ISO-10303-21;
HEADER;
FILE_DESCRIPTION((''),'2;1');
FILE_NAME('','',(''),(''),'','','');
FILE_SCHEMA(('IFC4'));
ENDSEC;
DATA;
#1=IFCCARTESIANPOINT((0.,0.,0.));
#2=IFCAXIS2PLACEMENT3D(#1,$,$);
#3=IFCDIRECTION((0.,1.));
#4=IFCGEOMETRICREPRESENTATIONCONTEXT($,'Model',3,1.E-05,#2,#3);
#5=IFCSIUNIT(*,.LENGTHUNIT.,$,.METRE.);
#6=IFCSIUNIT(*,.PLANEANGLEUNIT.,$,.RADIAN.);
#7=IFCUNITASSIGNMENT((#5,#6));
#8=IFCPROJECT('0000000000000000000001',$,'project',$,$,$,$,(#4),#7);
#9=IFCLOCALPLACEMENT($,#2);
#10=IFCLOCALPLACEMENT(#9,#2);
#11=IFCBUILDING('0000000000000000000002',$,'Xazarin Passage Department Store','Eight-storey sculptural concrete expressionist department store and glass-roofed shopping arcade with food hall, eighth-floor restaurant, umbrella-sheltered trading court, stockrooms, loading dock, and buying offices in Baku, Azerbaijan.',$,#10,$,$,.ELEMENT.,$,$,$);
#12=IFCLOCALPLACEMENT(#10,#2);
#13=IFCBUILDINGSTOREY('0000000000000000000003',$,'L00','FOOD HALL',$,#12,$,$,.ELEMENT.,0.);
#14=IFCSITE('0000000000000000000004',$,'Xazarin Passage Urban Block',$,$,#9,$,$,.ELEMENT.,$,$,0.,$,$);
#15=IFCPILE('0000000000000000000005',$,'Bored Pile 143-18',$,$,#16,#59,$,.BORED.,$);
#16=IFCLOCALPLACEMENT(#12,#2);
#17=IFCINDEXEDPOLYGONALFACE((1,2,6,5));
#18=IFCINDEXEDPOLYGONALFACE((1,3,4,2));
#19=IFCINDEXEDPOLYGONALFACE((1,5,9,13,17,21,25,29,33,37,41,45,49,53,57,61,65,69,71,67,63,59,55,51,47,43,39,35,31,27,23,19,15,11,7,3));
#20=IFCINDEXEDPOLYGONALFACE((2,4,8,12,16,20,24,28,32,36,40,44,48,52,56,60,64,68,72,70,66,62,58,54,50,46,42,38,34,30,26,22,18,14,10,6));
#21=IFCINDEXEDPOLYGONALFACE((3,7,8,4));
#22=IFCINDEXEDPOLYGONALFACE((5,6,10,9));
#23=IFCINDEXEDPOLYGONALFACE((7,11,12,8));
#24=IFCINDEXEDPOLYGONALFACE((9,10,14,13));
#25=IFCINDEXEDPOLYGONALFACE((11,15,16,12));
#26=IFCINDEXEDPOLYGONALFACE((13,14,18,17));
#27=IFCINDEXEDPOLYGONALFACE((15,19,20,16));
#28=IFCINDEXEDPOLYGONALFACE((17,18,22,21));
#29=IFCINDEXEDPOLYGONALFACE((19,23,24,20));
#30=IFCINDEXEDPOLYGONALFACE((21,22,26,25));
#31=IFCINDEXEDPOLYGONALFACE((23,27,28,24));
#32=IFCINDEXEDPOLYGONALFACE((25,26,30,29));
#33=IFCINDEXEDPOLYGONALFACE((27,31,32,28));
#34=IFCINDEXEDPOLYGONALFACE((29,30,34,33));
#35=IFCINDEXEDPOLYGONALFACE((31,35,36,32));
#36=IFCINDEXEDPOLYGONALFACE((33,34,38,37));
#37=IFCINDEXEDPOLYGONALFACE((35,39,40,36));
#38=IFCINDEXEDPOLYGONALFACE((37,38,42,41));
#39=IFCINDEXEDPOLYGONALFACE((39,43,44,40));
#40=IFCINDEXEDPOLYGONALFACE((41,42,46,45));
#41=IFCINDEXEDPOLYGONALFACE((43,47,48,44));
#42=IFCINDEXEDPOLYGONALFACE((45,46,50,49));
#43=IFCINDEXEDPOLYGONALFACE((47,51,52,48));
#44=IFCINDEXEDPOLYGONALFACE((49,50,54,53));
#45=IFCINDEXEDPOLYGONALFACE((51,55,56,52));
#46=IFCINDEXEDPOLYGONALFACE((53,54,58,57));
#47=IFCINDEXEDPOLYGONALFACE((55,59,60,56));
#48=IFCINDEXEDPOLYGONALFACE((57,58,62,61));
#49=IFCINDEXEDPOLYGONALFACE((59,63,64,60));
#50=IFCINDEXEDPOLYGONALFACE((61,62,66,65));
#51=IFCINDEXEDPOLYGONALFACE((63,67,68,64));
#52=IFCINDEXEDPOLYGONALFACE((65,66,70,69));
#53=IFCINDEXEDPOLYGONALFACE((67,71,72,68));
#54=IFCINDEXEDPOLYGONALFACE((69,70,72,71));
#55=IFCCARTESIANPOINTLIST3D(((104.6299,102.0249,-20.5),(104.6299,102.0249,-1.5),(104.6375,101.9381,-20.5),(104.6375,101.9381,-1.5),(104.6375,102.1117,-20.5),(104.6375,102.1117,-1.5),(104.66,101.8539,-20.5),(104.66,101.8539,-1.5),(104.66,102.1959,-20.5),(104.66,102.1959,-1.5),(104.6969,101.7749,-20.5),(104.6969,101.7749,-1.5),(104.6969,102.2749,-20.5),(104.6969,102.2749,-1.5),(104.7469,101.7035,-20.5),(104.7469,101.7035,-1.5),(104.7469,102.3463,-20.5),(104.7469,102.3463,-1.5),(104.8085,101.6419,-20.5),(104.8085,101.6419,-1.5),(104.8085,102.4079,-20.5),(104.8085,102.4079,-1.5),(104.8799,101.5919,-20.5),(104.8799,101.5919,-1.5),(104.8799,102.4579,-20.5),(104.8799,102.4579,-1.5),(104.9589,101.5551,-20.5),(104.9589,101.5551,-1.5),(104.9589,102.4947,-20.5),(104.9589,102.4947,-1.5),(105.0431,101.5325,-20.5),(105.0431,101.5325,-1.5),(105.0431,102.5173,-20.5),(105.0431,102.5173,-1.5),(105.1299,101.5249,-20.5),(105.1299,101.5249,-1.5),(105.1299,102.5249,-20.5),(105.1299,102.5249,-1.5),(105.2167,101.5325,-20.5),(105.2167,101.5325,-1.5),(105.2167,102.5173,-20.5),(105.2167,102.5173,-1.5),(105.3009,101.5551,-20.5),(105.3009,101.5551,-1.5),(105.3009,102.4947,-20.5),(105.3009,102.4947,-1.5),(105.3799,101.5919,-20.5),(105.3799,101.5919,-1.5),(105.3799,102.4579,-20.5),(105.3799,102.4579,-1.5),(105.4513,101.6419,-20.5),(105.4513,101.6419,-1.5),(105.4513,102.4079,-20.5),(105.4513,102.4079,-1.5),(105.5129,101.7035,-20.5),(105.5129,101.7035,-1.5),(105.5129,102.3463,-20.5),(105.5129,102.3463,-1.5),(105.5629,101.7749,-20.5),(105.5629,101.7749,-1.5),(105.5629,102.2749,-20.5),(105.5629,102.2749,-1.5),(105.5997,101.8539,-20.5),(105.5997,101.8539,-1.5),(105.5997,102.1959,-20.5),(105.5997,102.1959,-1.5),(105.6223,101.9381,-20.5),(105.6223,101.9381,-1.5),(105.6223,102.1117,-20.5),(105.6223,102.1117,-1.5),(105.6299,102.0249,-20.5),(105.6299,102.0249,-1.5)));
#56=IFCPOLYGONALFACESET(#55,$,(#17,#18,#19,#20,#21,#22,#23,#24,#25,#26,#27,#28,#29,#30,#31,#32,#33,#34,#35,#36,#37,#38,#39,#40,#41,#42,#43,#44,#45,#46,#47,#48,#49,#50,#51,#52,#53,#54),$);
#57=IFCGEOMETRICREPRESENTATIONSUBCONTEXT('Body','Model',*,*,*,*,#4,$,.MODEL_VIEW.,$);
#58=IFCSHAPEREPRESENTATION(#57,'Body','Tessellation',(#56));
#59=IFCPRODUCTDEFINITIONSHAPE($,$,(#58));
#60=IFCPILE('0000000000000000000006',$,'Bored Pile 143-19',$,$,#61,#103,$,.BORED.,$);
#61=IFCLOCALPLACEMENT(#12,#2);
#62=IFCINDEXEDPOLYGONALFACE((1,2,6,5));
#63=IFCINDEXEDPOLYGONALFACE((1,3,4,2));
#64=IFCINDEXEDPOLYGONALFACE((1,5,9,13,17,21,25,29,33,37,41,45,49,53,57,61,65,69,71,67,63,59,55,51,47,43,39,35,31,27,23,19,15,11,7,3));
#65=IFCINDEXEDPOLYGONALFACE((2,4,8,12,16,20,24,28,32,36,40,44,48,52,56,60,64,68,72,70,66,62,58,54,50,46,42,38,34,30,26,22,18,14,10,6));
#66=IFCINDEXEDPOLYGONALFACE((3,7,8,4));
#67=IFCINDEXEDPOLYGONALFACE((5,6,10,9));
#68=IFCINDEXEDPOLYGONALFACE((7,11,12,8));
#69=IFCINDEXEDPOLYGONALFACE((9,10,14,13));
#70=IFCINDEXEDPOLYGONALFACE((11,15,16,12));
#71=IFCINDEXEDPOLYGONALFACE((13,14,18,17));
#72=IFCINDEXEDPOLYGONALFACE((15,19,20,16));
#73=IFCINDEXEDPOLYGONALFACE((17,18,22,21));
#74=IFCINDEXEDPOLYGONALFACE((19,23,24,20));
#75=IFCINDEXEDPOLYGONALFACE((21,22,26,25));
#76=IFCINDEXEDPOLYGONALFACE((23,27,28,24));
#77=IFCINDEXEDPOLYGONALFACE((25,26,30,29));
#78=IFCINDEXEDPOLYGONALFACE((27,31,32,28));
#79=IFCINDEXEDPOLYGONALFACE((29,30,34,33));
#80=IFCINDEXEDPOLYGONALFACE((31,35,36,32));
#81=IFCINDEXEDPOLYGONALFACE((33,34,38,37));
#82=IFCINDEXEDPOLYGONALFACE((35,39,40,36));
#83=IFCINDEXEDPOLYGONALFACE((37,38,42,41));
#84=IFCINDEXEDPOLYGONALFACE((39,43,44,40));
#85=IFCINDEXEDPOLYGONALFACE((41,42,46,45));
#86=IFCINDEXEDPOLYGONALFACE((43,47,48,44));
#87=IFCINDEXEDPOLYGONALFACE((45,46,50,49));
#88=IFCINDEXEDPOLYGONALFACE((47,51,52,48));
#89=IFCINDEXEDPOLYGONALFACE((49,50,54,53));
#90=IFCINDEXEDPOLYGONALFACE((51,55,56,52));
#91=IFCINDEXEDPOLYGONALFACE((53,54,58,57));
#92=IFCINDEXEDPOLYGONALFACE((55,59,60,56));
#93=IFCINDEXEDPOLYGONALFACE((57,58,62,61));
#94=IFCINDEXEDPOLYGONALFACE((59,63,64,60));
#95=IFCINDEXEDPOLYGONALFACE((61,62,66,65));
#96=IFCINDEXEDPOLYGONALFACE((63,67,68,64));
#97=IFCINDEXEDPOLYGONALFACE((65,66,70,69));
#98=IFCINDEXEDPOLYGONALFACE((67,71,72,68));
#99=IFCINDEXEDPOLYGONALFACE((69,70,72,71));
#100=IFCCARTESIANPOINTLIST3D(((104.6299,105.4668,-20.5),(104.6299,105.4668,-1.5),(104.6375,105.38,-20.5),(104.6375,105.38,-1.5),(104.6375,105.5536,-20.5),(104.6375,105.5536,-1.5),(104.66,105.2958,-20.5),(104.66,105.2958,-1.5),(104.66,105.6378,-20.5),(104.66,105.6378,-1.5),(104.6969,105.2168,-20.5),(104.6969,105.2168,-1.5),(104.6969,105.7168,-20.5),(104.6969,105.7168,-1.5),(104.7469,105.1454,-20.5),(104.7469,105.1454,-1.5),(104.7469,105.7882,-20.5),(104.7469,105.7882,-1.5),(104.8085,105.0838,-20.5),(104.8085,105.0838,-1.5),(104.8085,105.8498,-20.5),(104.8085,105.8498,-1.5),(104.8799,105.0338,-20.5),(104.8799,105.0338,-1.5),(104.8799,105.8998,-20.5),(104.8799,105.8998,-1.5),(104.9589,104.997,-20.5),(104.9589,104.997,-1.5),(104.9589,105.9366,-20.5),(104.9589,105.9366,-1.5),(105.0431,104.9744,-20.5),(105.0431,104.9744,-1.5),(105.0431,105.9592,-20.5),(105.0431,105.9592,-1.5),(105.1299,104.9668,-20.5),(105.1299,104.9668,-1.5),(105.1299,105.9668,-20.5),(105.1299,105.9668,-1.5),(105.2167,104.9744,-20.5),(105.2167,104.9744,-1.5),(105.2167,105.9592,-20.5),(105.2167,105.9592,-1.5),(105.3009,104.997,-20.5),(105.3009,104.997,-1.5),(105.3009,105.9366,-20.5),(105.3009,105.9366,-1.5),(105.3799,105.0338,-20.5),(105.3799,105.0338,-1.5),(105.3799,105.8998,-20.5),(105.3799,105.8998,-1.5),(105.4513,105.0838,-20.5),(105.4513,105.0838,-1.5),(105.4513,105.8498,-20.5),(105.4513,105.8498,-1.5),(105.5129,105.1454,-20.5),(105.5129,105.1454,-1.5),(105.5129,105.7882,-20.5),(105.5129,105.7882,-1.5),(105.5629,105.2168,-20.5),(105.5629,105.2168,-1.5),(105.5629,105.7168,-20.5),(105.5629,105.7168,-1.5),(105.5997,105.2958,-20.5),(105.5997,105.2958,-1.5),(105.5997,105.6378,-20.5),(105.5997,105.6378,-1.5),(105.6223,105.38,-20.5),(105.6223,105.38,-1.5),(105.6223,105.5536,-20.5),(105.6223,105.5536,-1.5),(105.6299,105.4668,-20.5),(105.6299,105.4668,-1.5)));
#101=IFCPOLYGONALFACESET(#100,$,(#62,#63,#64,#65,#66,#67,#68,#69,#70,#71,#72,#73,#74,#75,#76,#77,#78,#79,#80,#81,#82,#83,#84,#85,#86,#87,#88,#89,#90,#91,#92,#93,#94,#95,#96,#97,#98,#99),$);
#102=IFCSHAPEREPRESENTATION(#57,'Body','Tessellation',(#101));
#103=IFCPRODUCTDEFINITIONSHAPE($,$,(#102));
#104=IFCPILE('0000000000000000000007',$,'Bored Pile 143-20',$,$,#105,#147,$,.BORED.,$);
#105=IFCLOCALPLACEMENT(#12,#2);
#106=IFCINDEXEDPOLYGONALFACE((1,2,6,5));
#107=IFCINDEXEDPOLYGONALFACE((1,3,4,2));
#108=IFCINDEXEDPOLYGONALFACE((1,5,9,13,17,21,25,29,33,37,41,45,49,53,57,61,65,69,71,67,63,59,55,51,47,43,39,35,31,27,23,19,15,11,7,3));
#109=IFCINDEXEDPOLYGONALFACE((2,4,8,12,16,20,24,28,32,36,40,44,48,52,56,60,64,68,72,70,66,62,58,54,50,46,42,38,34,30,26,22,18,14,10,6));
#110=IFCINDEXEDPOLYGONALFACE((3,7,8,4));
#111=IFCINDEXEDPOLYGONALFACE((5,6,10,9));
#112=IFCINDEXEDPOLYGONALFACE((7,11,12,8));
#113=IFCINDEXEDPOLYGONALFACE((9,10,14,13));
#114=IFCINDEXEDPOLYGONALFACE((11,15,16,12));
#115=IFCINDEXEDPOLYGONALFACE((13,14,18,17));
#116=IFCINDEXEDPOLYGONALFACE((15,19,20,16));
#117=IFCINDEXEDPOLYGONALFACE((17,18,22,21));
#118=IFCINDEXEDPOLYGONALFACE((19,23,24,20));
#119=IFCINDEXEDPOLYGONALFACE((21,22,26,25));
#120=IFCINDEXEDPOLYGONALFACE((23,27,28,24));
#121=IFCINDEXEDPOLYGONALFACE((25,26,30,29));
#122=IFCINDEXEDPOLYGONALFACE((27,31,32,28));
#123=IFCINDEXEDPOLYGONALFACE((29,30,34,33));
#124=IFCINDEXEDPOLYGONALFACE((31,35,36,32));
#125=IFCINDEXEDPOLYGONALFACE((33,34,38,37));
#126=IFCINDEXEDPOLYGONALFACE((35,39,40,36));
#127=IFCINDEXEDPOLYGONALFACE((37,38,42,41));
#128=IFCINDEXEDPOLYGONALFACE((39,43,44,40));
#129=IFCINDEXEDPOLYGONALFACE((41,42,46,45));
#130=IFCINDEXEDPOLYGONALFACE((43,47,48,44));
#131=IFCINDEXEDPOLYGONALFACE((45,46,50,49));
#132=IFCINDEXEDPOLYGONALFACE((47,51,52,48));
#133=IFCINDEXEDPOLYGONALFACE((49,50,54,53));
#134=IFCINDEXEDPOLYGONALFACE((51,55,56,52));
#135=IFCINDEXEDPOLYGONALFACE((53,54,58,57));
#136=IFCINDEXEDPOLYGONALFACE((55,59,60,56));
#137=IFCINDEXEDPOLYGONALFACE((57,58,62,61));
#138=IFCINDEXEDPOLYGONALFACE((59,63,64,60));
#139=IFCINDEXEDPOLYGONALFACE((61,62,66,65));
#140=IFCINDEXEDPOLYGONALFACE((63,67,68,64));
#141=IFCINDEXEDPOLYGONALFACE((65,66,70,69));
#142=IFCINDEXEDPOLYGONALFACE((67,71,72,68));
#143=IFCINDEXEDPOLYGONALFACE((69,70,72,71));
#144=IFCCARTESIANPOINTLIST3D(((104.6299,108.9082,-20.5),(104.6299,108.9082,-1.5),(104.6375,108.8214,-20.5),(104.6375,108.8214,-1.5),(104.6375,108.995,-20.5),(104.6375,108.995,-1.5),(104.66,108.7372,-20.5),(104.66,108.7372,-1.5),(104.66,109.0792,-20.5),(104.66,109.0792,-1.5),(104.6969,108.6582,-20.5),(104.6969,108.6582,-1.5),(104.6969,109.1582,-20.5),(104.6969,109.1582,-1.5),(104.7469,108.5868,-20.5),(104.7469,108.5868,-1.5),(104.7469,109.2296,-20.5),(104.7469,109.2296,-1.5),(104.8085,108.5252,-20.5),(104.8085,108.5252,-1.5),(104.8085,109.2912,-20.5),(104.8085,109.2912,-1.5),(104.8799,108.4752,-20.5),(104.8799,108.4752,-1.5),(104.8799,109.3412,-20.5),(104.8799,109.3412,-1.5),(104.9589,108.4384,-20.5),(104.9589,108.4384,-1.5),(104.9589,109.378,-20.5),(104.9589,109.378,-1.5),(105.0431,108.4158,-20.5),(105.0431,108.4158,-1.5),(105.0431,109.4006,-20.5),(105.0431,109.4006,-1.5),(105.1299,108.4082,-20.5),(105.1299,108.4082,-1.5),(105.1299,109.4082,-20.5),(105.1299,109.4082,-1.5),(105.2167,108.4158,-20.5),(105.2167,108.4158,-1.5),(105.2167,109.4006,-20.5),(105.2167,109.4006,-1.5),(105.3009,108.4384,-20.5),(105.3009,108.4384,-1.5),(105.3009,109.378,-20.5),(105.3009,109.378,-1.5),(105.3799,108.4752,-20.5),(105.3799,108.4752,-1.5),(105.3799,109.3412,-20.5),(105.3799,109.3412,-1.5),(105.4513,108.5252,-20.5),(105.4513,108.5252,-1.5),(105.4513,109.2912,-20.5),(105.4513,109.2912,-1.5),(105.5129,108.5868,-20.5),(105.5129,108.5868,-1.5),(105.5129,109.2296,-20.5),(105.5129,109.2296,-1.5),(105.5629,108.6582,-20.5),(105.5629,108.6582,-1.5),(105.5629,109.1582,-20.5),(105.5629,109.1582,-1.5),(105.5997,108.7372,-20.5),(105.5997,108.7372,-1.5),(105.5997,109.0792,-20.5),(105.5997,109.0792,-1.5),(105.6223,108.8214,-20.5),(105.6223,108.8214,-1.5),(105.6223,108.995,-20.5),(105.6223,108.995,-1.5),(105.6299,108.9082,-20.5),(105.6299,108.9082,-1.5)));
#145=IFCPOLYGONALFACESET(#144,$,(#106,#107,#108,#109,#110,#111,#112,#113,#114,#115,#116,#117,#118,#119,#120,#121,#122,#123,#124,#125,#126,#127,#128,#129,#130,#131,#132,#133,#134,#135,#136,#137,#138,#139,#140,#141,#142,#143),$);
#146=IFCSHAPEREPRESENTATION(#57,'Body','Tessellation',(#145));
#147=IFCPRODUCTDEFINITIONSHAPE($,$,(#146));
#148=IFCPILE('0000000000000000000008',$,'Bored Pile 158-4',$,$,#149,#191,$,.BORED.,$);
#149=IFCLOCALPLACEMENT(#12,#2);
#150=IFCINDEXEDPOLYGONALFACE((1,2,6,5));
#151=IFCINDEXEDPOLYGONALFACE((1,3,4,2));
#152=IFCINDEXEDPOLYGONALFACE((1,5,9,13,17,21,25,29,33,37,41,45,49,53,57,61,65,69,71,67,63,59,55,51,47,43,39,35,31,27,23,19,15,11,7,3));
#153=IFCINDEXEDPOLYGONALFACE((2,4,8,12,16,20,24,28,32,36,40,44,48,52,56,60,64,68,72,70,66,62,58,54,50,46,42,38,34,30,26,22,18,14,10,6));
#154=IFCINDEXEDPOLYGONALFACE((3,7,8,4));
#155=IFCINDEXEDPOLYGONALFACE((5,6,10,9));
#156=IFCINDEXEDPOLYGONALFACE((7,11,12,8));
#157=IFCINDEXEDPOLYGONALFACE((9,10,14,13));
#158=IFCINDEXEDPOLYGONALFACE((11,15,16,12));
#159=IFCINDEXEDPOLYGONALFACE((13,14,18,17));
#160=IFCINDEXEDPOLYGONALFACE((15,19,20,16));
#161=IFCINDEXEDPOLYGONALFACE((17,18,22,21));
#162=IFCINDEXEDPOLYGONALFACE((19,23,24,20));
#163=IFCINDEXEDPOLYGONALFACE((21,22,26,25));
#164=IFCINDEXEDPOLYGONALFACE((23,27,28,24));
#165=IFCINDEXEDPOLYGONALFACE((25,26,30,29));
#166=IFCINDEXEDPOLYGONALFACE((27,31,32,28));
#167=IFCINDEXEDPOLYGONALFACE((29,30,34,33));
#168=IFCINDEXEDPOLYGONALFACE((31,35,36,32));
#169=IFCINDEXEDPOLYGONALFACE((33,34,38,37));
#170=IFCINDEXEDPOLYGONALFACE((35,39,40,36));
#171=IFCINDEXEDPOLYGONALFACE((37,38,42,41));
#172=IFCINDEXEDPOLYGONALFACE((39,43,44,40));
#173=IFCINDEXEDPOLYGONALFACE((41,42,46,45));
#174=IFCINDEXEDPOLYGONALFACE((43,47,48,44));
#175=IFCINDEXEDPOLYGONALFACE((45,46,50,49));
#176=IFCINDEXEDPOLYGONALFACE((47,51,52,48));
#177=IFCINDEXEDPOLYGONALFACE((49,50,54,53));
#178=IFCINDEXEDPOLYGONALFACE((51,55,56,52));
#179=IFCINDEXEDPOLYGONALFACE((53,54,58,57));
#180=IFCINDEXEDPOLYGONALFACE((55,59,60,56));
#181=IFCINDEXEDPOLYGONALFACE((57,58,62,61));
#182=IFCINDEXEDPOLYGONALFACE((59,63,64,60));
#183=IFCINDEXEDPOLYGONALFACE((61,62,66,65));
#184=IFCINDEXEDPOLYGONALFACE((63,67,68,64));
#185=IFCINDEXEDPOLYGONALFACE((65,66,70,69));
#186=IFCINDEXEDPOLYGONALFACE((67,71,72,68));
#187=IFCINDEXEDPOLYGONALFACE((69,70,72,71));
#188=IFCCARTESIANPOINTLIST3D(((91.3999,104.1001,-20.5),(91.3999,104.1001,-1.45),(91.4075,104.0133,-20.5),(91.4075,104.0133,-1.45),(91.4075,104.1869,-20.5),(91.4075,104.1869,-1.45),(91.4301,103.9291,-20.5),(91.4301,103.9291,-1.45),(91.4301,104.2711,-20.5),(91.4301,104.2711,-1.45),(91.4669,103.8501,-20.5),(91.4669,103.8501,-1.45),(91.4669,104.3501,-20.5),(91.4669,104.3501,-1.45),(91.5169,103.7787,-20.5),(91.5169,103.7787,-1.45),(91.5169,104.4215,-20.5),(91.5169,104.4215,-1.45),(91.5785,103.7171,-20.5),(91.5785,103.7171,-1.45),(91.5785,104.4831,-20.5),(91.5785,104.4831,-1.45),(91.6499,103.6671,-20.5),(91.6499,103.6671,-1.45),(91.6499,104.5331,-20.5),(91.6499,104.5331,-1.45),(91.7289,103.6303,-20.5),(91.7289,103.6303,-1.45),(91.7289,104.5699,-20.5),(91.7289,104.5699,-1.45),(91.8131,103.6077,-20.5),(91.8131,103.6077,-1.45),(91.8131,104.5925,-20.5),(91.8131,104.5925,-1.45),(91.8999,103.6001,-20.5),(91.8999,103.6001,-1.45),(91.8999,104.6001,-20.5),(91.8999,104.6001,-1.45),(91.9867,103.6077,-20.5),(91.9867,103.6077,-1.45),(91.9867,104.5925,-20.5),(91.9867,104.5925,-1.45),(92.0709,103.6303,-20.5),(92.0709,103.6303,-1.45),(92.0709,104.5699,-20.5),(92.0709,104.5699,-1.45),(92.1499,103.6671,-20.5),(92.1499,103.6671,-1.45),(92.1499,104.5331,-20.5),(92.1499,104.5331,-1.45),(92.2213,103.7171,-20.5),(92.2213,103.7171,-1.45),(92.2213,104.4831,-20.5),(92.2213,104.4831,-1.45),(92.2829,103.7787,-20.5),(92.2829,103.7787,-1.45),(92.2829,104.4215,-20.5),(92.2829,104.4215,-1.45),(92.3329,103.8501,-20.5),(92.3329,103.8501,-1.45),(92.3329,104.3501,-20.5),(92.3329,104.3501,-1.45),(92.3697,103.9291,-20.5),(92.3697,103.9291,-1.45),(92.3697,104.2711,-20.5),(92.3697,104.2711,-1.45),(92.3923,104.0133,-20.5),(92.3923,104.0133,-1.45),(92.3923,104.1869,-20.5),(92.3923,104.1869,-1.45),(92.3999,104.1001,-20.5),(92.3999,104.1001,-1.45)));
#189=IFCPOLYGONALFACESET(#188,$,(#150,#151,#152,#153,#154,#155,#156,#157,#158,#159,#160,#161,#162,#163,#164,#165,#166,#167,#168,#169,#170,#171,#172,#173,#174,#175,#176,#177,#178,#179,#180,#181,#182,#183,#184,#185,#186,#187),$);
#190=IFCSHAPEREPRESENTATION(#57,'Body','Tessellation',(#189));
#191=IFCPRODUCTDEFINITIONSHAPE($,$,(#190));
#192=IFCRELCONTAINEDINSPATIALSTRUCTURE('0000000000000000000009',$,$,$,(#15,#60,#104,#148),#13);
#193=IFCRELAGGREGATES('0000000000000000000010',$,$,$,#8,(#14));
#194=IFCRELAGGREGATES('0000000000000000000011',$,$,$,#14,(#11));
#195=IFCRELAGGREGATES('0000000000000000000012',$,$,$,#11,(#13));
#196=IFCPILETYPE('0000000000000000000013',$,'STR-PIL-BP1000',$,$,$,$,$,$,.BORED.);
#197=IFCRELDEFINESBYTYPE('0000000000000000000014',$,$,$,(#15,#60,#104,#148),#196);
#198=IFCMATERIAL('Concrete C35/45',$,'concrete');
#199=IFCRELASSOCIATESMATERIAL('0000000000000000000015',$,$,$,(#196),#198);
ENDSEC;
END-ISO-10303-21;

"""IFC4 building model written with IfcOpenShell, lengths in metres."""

from ifc_helpers import new_model, si_unit, direction, frame, origin, origin_2d, place, context, subcontext, project, spatial, circle, extrude, material, material_profile, profile_set, type_object, element, save


model = new_model("IFC4")

# Units and contexts
model_context = context("Model", 3, precision=1e-05, world=origin(), true_north=direction((0.0, 1.0)))
body_context = subcontext(model_context, "Body", "Model", "MODEL_VIEW")
ifc_project = project(units=[si_unit("LENGTHUNIT", "METRE"), si_unit("PLANEANGLEUNIT", "RADIAN")], contexts=[model_context])

# Site, building, storey
site_placement = place(None, origin())
site = spatial("IfcSite", under=ifc_project, at=site_placement, Name="Xazarin Passage Urban Block", CompositionType="ELEMENT", RefElevation=0.0)
building_placement = place(site_placement, origin())
building = spatial("IfcBuilding", under=site, at=building_placement, Name="Xazarin Passage Department Store", Description="Eight-storey sculptural concrete expressionist department store and glass-roofed shopping arcade with food hall, eighth-floor restaurant, umbrella-sheltered trading court, stockrooms, loading dock, and buying offices in Baku, Azerbaijan.", CompositionType="ELEMENT")
storey_placement = place(building_placement, origin())
storey = spatial("IfcBuildingStorey", under=building, at=storey_placement, Name="L00", Description="FOOD HALL", CompositionType="ELEMENT", Elevation=0.0)

# Piles
ifc_material_1 = material(Name="Concrete C35/45", Category="concrete")
ifc_material_profile_1 = material_profile(ifc_material_1, circle(Radius=0.5, at=origin_2d()), Name="BP 1000")
ifc_profile_set_1 = profile_set([ifc_material_profile_1], Name="Concrete C35/45")
pile_type_1 = type_object("IfcPileType", Name="STR-PIL-BP1000", PredefinedType="BORED", material=ifc_profile_set_1)
for number, where, z_axis, x_axis, name in (
    (1, (105.1299, 102.0249, -1.5), (0.0, 0.0, -1.0), (1.0, 0.0, 0.0), "Bored Pile 143-18"),
    (2, (105.1299, 105.4668, -1.5), (0.0, 0.0, -1.0), (1.0, 0.0, 0.0), "Bored Pile 143-19"),
    (3, (105.1299, 108.9082, -1.5), (0.0, 0.0, -1.0), (1.0, 0.0, 0.0), "Bored Pile 143-20"),
):
    element("IfcPile", number, at=place(storey_placement, frame(where, z_axis=z_axis, x_axis=x_axis)), inside=storey, type_object=pile_type_1, Name=name, PredefinedType="BORED", context=body_context, shape_type="SweptSolid", body=[
        extrude(circle(Radius=0.5, at=origin_2d()), origin(), (0.0, 0.0, 1.0), 19.0),
    ])
pile_placement = place(storey_placement, frame((91.8999, 104.1001, -1.45), z_axis=(0.0, 0.0, -1.0), x_axis=(1.0, 0.0, 0.0)))
element("IfcPile", 4, at=pile_placement, inside=storey, type_object=pile_type_1, Name="Bored Pile 158-4", PredefinedType="BORED", context=body_context, shape_type="SweptSolid", body=[
    extrude(circle(Radius=0.5, at=origin_2d()), origin(), (0.0, 0.0, 1.0), 19.05),
])

save(model, "model.ifc")
